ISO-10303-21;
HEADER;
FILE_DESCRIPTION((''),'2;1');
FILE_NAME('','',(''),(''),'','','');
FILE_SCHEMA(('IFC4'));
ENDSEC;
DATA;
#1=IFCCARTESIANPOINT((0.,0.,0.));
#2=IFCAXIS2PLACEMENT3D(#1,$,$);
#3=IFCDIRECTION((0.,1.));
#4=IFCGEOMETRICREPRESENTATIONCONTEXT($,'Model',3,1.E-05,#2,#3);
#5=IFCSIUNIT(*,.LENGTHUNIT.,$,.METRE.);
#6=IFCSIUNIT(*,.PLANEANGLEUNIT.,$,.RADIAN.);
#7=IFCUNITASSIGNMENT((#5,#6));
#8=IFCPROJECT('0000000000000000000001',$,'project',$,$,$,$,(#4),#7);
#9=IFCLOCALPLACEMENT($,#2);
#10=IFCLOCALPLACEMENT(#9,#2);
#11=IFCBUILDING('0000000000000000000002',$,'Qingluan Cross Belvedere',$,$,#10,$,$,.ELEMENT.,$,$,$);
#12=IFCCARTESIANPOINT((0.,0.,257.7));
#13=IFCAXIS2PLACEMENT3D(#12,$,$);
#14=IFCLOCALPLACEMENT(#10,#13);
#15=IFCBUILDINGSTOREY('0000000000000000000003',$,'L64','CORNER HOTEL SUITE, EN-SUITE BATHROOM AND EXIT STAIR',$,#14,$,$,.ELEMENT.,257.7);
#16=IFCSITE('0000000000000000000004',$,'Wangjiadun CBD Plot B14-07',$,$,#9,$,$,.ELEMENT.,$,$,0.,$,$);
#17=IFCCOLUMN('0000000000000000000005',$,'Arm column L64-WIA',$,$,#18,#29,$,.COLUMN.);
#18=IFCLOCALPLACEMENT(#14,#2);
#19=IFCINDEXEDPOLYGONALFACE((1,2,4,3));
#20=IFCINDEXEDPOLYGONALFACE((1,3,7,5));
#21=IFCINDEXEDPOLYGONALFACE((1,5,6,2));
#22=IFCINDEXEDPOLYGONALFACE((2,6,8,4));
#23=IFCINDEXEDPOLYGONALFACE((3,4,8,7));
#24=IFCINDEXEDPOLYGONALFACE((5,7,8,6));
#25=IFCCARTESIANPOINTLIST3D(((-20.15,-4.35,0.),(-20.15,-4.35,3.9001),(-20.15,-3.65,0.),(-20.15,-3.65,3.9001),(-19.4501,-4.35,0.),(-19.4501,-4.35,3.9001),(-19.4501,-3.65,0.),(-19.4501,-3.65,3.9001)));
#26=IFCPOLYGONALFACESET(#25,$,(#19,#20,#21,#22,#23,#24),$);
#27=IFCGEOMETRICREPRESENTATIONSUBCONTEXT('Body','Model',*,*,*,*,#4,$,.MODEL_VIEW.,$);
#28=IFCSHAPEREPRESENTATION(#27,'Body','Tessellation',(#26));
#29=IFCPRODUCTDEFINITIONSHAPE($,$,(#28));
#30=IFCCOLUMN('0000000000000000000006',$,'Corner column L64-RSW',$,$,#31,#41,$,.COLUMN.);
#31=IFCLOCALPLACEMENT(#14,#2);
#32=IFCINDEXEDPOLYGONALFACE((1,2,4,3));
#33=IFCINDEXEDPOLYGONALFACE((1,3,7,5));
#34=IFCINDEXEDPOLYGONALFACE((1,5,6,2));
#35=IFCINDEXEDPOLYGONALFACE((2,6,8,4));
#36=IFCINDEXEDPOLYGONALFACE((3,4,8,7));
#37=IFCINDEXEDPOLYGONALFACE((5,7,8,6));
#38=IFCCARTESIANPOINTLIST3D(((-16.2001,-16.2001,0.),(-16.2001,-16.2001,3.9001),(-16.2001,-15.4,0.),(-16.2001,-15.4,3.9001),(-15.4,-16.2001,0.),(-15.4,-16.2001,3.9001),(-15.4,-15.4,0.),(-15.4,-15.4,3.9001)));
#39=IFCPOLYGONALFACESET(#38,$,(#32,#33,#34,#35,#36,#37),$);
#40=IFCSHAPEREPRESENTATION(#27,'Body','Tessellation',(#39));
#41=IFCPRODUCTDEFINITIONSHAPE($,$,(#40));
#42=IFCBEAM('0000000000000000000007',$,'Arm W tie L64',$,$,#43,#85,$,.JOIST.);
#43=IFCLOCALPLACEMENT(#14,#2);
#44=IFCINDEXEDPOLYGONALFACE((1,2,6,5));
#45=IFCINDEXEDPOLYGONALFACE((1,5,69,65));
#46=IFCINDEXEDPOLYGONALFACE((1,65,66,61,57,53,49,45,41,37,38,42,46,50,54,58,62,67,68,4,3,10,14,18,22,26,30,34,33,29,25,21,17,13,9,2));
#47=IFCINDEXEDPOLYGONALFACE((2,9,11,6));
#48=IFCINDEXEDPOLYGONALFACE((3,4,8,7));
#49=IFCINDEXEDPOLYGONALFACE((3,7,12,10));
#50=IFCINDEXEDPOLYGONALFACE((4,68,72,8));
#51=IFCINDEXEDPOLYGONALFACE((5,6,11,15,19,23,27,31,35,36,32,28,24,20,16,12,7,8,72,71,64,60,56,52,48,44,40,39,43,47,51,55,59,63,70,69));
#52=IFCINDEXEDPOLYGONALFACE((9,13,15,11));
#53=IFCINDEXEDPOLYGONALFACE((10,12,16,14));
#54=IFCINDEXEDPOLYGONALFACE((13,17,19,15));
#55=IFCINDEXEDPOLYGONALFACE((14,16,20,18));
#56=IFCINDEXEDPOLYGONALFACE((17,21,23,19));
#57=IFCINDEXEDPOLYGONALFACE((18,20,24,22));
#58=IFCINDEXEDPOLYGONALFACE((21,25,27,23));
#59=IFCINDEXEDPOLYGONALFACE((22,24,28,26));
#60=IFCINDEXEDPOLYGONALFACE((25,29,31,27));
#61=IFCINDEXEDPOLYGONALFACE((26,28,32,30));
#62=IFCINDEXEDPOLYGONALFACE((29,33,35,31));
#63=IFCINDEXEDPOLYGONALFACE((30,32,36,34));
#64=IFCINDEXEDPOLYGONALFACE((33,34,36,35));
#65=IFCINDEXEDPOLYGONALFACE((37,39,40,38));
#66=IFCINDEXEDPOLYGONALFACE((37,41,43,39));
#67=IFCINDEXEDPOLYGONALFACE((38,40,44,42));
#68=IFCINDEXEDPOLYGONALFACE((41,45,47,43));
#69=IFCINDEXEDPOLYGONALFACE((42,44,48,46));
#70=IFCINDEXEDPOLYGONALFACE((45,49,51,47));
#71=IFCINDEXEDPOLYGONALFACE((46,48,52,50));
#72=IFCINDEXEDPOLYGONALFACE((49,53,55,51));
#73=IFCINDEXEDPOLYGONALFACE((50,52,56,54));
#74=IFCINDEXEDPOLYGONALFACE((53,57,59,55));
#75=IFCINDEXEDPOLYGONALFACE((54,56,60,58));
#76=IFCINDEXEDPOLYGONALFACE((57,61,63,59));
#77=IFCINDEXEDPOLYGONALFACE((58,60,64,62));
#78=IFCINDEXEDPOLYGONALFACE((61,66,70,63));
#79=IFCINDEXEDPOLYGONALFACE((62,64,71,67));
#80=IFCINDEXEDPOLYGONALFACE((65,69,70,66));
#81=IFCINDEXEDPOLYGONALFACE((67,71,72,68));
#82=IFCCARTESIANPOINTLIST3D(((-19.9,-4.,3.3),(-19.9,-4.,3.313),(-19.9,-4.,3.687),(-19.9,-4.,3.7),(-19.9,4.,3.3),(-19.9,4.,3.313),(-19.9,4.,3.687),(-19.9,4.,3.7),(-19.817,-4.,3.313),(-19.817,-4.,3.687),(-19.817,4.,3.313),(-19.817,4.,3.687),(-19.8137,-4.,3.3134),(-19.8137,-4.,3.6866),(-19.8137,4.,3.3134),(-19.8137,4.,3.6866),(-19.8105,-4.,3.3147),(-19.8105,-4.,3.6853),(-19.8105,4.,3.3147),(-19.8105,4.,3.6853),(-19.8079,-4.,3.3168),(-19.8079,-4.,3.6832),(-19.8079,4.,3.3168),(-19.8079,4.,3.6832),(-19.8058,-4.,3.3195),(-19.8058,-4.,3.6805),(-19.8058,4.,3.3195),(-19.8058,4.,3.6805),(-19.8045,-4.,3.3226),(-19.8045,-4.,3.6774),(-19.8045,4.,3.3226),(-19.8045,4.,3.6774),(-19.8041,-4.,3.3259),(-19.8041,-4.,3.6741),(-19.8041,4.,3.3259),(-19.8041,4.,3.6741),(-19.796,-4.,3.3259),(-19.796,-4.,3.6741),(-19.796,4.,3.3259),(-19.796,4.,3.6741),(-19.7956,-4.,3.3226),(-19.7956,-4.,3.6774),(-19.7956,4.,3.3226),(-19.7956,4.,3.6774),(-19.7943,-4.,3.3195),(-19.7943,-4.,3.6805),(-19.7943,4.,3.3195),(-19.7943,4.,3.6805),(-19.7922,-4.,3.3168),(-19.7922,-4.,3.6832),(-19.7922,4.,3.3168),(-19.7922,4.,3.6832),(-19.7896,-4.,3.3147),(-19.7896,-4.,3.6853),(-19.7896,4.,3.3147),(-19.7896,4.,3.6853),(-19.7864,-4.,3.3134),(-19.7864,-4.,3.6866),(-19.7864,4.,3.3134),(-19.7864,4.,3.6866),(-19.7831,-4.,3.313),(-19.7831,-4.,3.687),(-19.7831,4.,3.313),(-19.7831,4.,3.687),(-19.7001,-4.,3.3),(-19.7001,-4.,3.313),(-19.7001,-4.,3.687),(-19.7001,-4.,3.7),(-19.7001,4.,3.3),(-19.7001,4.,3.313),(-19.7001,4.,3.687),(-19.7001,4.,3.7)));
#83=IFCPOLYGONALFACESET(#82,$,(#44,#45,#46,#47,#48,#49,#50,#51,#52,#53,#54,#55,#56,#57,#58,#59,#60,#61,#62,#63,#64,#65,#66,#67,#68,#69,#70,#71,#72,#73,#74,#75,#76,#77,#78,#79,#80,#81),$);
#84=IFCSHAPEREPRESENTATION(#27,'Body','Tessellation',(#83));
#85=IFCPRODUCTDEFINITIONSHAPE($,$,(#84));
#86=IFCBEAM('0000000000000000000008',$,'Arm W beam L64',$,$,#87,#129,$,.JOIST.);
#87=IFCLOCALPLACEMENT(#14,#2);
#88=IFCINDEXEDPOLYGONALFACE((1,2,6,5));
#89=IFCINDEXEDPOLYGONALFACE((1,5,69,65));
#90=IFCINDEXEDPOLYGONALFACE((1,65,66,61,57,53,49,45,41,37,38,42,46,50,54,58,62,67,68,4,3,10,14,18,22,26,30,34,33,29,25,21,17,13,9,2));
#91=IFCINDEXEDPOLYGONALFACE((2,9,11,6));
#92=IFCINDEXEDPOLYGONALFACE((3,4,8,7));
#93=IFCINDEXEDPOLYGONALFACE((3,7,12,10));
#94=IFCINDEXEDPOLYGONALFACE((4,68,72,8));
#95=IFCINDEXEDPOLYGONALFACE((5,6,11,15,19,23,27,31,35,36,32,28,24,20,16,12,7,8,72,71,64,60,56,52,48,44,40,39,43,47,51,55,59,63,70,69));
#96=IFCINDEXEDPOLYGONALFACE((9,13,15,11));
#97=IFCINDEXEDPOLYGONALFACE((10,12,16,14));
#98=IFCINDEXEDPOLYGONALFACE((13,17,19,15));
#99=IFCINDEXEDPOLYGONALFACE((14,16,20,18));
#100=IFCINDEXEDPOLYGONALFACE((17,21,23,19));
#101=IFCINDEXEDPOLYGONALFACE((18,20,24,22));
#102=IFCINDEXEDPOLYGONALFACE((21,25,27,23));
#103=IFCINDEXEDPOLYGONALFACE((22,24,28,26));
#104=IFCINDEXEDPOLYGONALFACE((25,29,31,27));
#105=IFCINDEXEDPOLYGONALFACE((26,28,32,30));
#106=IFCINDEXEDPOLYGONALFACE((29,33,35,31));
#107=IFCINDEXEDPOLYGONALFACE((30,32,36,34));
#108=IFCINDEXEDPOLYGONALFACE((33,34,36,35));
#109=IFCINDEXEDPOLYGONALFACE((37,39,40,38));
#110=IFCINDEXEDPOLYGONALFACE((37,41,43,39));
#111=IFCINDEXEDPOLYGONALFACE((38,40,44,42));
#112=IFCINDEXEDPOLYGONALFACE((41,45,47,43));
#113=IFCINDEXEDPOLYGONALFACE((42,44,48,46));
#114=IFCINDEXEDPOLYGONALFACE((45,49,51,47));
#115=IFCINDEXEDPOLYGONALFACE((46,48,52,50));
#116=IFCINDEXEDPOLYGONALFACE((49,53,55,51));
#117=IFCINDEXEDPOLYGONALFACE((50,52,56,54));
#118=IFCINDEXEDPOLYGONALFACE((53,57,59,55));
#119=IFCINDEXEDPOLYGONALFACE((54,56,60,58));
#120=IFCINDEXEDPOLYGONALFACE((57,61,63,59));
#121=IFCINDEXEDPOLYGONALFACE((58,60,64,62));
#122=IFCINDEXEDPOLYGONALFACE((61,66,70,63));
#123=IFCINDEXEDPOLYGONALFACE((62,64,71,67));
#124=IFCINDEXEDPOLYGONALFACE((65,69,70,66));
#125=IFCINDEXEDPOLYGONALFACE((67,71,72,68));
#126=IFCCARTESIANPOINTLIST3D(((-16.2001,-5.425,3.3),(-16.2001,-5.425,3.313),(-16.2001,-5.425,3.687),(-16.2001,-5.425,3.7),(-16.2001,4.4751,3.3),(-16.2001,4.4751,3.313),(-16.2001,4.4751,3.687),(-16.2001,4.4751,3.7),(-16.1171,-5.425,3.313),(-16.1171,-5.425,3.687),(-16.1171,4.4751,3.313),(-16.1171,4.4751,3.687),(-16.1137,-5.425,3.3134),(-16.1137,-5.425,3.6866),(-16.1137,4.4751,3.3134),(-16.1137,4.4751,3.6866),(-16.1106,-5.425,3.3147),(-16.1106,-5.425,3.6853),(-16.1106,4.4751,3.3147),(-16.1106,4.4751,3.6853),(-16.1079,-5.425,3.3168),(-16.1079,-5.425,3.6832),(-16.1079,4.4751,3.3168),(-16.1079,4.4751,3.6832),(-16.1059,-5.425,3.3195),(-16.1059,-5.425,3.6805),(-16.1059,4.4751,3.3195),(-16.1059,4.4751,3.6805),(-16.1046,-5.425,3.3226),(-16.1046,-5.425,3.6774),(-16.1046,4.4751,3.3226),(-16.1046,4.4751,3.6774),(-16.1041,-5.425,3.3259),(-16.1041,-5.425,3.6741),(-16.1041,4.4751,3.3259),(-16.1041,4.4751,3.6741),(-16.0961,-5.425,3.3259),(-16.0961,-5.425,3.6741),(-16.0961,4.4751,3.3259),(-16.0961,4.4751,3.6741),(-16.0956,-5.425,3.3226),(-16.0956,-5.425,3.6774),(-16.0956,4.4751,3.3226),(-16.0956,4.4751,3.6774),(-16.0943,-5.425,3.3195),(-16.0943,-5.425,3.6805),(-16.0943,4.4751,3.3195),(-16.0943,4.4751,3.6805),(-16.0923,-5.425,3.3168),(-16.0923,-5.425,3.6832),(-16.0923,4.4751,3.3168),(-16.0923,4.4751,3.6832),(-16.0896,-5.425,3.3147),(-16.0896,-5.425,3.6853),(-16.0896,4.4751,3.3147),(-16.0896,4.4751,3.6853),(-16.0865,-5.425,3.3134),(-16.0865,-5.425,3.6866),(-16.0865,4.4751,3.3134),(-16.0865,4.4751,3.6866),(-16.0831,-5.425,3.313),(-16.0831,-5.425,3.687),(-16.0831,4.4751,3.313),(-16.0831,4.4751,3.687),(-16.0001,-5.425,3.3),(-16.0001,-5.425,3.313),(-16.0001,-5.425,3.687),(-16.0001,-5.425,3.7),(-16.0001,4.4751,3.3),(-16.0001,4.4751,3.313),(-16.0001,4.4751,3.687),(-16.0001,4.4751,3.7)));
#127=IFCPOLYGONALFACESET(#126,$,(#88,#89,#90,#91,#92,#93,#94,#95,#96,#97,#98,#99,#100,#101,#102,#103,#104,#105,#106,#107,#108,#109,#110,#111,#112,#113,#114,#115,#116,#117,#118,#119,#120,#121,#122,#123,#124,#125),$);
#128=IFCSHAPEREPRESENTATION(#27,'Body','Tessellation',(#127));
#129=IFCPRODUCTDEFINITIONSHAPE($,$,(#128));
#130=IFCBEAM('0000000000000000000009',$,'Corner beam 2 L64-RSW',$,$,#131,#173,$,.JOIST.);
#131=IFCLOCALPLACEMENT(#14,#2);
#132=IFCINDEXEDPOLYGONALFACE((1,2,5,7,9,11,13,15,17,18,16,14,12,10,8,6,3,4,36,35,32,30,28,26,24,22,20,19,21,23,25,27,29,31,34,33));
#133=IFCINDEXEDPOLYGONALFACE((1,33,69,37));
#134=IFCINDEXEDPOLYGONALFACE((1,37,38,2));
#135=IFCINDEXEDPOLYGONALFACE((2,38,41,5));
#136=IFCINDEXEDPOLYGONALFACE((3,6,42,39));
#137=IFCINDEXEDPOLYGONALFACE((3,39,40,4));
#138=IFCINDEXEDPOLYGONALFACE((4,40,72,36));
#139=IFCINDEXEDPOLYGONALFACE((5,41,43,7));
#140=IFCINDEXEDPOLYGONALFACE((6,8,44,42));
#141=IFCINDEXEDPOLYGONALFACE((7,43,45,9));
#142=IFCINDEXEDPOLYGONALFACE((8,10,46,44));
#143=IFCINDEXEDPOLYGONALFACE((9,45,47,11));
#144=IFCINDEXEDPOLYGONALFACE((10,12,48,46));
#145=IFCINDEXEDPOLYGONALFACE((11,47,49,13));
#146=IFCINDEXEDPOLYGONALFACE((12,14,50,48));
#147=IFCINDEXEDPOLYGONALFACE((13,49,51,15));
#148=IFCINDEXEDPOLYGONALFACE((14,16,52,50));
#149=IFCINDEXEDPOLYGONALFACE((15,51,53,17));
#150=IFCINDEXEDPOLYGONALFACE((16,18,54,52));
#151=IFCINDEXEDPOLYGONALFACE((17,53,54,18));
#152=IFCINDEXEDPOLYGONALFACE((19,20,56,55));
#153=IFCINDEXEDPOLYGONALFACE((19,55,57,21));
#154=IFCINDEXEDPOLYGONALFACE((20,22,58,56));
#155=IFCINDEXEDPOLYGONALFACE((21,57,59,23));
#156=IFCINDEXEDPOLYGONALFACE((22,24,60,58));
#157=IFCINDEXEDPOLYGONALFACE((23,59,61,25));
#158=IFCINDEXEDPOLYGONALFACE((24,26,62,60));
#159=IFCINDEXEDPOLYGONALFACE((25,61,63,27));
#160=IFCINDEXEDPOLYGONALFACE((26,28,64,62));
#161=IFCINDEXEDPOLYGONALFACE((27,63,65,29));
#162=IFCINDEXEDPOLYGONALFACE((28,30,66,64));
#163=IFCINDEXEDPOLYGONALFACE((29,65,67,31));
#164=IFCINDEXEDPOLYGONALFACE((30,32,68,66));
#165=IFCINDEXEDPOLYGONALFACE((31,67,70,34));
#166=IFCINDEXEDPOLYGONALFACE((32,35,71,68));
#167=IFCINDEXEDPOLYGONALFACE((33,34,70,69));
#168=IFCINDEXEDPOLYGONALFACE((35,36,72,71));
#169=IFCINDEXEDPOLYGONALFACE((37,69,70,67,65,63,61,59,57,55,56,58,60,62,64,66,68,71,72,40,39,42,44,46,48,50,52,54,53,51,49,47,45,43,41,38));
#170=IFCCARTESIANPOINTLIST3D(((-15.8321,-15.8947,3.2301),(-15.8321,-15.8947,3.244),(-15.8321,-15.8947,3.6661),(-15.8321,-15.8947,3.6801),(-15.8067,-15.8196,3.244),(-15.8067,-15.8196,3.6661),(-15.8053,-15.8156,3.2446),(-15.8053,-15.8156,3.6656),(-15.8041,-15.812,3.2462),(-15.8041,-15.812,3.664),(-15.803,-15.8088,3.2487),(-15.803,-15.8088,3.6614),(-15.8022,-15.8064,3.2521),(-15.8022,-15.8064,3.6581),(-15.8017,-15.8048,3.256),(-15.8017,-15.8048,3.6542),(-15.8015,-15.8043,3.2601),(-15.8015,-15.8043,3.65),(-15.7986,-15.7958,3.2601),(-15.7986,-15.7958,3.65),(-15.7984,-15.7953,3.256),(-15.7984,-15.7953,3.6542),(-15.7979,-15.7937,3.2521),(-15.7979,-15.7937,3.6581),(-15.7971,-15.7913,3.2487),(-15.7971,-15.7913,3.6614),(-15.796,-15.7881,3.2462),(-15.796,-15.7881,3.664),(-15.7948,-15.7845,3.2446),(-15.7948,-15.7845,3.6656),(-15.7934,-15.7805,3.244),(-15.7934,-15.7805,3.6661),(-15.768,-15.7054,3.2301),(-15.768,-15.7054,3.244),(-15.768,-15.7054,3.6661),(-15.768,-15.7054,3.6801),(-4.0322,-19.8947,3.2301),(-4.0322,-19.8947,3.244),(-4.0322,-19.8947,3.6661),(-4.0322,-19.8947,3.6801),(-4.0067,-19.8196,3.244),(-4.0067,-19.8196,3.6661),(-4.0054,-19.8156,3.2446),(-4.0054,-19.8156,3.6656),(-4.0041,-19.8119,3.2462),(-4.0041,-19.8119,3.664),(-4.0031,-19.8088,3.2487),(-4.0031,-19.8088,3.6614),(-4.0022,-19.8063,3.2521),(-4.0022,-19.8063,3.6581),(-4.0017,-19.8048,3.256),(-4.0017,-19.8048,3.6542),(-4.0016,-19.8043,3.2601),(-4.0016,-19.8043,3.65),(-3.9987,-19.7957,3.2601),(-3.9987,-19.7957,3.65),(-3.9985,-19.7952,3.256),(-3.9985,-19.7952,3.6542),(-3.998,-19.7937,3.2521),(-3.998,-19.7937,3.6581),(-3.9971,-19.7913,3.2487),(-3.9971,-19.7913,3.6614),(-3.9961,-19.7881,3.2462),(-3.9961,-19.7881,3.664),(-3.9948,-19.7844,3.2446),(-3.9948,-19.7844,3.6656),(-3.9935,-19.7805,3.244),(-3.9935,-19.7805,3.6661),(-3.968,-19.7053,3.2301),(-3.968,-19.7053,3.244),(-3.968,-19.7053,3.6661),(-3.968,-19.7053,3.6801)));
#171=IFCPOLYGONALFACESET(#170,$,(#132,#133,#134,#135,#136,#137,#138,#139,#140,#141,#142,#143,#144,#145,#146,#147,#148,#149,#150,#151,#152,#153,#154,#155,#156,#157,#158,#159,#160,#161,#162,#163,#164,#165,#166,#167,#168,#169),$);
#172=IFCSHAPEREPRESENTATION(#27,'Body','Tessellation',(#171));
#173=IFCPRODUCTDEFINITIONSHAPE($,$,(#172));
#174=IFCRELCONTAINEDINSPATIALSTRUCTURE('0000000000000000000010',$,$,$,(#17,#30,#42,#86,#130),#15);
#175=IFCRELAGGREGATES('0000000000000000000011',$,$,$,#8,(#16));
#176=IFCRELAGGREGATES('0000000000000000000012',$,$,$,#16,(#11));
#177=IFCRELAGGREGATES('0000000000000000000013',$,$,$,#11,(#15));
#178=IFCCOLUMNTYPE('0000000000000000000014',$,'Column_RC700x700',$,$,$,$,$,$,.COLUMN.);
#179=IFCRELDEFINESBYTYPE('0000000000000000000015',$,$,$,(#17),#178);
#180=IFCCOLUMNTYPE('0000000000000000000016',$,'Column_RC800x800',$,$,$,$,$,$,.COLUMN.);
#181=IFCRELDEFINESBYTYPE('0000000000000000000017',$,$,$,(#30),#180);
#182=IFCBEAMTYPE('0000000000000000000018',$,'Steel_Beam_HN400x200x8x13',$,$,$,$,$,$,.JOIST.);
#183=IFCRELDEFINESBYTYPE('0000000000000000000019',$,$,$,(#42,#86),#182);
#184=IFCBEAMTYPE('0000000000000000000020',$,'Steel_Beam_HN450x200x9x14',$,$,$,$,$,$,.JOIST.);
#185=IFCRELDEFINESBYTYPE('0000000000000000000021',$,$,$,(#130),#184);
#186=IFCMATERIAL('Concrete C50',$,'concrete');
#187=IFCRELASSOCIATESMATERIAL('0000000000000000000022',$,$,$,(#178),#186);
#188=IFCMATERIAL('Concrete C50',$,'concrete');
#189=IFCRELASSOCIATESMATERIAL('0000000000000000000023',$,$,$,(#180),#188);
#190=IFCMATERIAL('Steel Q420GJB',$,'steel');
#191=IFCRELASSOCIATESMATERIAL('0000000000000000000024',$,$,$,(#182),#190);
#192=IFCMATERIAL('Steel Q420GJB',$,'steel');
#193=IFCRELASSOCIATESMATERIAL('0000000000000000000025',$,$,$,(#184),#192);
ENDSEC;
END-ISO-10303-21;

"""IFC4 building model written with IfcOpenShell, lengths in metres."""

from ifc_helpers import new_model, si_unit, direction, frame, origin, origin_2d, place, context, subcontext, project, spatial, rectangle, i_section, extrude, material, material_profile, profile_set, type_object, element, save


model = new_model("IFC4")

# Units and contexts
model_context = context("Model", 3, precision=1e-05, world=origin(), true_north=direction((0.0, 1.0)))
body_context = subcontext(model_context, "Body", "Model", "MODEL_VIEW")
ifc_project = project(units=[si_unit("LENGTHUNIT", "METRE"), si_unit("PLANEANGLEUNIT", "RADIAN")], contexts=[model_context])

# Site, building, storey
site_placement = place(None, origin())
site = spatial("IfcSite", under=ifc_project, at=site_placement, Name="Wangjiadun CBD Plot B14-07", CompositionType="ELEMENT", RefElevation=0.0)
building_placement = place(site_placement, origin())
building = spatial("IfcBuilding", under=site, at=building_placement, Name="Qingluan Cross Belvedere", CompositionType="ELEMENT")
storey_placement = place(building_placement, frame((0.0, 0.0, 257.7)))
storey = spatial("IfcBuildingStorey", under=building, at=storey_placement, Name="L64", Description="CORNER HOTEL SUITE, EN-SUITE BATHROOM AND EXIT STAIR", CompositionType="ELEMENT", Elevation=257.7)

# Columns
ifc_material_1 = material(Name="Concrete C50", Category="concrete")
ifc_material_profile_1 = material_profile(ifc_material_1, rectangle(XDim=0.7, YDim=0.7, at=origin_2d()), Name="RC700x700")
ifc_profile_set_1 = profile_set([ifc_material_profile_1], Name="Concrete C50")
column_type_1 = type_object("IfcColumnType", Name="Column_RC700x700", PredefinedType="COLUMN", material=ifc_profile_set_1)
column_1_placement = place(storey_placement, frame((-19.8, -4.0, 0.0), z_axis=(0.0, 0.0, 1.0), x_axis=(1.0, 0.0, 0.0)))
element("IfcColumn", 1, at=column_1_placement, inside=storey, type_object=column_type_1, Name="Arm column L64-WIA", PredefinedType="COLUMN", context=body_context, shape_type="SweptSolid", body=[
    extrude(rectangle(XDim=0.7, YDim=0.7, at=origin_2d()), origin(), (0.0, 0.0, 1.0), 3.9001),
])
ifc_material_2 = material(Name="Concrete C50", Category="concrete")
ifc_material_profile_2 = material_profile(ifc_material_2, rectangle(XDim=0.8, YDim=0.8, at=origin_2d()), Name="RC800x800")
ifc_profile_set_2 = profile_set([ifc_material_profile_2], Name="Concrete C50")
column_type_2 = type_object("IfcColumnType", Name="Column_RC800x800", PredefinedType="COLUMN", material=ifc_profile_set_2)
column_2_placement = place(storey_placement, frame((-15.8, -15.8, 0.0), z_axis=(0.0, 0.0, 1.0), x_axis=(1.0, 0.0, 0.0)))
element("IfcColumn", 2, at=column_2_placement, inside=storey, type_object=column_type_2, Name="Corner column L64-RSW", PredefinedType="COLUMN", context=body_context, shape_type="SweptSolid", body=[
    extrude(rectangle(XDim=0.8, YDim=0.8, at=origin_2d()), origin(), (0.0, 0.0, 1.0), 3.9001),
])

# Beams
ifc_material_3 = material(Name="Steel Q420GJB", Category="steel")
ifc_material_profile_3 = material_profile(ifc_material_3, i_section(OverallWidth=0.2, OverallDepth=0.3999, WebThickness=0.0081, FlangeThickness=0.0129, FilletRadius=0.0129, at=origin_2d()), Name="HN400x200x8x13")
ifc_profile_set_3 = profile_set([ifc_material_profile_3], Name="Steel Q420GJB")
beam_type_1 = type_object("IfcBeamType", Name="Steel_Beam_HN400x200x8x13", PredefinedType="JOIST", material=ifc_profile_set_3)
beam_1_placement = place(storey_placement, frame((-19.8, -4.0, 3.5), z_axis=(0.0, 1.0, 0.0), x_axis=(-1.0, 0.0, 0.0)))
element("IfcBeam", 3, at=beam_1_placement, inside=storey, type_object=beam_type_1, Name="Arm W tie L64", PredefinedType="JOIST", context=body_context, shape_type="SweptSolid", body=[
    extrude(i_section(OverallWidth=0.2, OverallDepth=0.3999, WebThickness=0.0081, FlangeThickness=0.0129, FilletRadius=0.0129, at=origin_2d()), origin(), (0.0, 0.0, 1.0), 8.0),
])
beam_2_placement = place(storey_placement, frame((-16.1001, -5.425, 3.5), z_axis=(0.0, 1.0, 0.0), x_axis=(-1.0, 0.0, 0.0)))
element("IfcBeam", 4, at=beam_2_placement, inside=storey, type_object=beam_type_1, Name="Arm W beam L64", PredefinedType="JOIST", context=body_context, shape_type="SweptSolid", body=[
    extrude(i_section(OverallWidth=0.2, OverallDepth=0.3999, WebThickness=0.0081, FlangeThickness=0.0129, FilletRadius=0.0129, at=origin_2d()), origin(), (0.0, 0.0, 1.0), 9.9001),
])
ifc_material_4 = material(Name="Steel Q420GJB", Category="steel")
ifc_material_profile_4 = material_profile(ifc_material_4, i_section(OverallWidth=0.2, OverallDepth=0.45, WebThickness=0.009, FlangeThickness=0.0139, FilletRadius=0.0161, at=origin_2d()), Name="HN450x200x9x14")
ifc_profile_set_4 = profile_set([ifc_material_profile_4], Name="Steel Q420GJB")
beam_type_2 = type_object("IfcBeamType", Name="Steel_Beam_HN450x200x9x14", PredefinedType="JOIST", material=ifc_profile_set_4)
for number, where, z_axis, x_axis, name in (
    (5, (-15.8, -15.8, 3.4551), (0.947066, -0.321038, 0.0), (0.321038, 0.947066, 0.0), "Corner beam 2 L64-RSW"),
):
    element("IfcBeam", number, at=place(storey_placement, frame(where, z_axis=z_axis, x_axis=x_axis)), inside=storey, type_object=beam_type_2, Name=name, PredefinedType="JOIST", context=body_context, shape_type="SweptSolid", body=[
        extrude(i_section(OverallWidth=0.2, OverallDepth=0.45, WebThickness=0.009, FlangeThickness=0.0139, FilletRadius=0.0161, at=origin_2d()), origin(), (0.0, 0.0, 1.0), 12.4595),
    ])

save(model, "model.ifc")
